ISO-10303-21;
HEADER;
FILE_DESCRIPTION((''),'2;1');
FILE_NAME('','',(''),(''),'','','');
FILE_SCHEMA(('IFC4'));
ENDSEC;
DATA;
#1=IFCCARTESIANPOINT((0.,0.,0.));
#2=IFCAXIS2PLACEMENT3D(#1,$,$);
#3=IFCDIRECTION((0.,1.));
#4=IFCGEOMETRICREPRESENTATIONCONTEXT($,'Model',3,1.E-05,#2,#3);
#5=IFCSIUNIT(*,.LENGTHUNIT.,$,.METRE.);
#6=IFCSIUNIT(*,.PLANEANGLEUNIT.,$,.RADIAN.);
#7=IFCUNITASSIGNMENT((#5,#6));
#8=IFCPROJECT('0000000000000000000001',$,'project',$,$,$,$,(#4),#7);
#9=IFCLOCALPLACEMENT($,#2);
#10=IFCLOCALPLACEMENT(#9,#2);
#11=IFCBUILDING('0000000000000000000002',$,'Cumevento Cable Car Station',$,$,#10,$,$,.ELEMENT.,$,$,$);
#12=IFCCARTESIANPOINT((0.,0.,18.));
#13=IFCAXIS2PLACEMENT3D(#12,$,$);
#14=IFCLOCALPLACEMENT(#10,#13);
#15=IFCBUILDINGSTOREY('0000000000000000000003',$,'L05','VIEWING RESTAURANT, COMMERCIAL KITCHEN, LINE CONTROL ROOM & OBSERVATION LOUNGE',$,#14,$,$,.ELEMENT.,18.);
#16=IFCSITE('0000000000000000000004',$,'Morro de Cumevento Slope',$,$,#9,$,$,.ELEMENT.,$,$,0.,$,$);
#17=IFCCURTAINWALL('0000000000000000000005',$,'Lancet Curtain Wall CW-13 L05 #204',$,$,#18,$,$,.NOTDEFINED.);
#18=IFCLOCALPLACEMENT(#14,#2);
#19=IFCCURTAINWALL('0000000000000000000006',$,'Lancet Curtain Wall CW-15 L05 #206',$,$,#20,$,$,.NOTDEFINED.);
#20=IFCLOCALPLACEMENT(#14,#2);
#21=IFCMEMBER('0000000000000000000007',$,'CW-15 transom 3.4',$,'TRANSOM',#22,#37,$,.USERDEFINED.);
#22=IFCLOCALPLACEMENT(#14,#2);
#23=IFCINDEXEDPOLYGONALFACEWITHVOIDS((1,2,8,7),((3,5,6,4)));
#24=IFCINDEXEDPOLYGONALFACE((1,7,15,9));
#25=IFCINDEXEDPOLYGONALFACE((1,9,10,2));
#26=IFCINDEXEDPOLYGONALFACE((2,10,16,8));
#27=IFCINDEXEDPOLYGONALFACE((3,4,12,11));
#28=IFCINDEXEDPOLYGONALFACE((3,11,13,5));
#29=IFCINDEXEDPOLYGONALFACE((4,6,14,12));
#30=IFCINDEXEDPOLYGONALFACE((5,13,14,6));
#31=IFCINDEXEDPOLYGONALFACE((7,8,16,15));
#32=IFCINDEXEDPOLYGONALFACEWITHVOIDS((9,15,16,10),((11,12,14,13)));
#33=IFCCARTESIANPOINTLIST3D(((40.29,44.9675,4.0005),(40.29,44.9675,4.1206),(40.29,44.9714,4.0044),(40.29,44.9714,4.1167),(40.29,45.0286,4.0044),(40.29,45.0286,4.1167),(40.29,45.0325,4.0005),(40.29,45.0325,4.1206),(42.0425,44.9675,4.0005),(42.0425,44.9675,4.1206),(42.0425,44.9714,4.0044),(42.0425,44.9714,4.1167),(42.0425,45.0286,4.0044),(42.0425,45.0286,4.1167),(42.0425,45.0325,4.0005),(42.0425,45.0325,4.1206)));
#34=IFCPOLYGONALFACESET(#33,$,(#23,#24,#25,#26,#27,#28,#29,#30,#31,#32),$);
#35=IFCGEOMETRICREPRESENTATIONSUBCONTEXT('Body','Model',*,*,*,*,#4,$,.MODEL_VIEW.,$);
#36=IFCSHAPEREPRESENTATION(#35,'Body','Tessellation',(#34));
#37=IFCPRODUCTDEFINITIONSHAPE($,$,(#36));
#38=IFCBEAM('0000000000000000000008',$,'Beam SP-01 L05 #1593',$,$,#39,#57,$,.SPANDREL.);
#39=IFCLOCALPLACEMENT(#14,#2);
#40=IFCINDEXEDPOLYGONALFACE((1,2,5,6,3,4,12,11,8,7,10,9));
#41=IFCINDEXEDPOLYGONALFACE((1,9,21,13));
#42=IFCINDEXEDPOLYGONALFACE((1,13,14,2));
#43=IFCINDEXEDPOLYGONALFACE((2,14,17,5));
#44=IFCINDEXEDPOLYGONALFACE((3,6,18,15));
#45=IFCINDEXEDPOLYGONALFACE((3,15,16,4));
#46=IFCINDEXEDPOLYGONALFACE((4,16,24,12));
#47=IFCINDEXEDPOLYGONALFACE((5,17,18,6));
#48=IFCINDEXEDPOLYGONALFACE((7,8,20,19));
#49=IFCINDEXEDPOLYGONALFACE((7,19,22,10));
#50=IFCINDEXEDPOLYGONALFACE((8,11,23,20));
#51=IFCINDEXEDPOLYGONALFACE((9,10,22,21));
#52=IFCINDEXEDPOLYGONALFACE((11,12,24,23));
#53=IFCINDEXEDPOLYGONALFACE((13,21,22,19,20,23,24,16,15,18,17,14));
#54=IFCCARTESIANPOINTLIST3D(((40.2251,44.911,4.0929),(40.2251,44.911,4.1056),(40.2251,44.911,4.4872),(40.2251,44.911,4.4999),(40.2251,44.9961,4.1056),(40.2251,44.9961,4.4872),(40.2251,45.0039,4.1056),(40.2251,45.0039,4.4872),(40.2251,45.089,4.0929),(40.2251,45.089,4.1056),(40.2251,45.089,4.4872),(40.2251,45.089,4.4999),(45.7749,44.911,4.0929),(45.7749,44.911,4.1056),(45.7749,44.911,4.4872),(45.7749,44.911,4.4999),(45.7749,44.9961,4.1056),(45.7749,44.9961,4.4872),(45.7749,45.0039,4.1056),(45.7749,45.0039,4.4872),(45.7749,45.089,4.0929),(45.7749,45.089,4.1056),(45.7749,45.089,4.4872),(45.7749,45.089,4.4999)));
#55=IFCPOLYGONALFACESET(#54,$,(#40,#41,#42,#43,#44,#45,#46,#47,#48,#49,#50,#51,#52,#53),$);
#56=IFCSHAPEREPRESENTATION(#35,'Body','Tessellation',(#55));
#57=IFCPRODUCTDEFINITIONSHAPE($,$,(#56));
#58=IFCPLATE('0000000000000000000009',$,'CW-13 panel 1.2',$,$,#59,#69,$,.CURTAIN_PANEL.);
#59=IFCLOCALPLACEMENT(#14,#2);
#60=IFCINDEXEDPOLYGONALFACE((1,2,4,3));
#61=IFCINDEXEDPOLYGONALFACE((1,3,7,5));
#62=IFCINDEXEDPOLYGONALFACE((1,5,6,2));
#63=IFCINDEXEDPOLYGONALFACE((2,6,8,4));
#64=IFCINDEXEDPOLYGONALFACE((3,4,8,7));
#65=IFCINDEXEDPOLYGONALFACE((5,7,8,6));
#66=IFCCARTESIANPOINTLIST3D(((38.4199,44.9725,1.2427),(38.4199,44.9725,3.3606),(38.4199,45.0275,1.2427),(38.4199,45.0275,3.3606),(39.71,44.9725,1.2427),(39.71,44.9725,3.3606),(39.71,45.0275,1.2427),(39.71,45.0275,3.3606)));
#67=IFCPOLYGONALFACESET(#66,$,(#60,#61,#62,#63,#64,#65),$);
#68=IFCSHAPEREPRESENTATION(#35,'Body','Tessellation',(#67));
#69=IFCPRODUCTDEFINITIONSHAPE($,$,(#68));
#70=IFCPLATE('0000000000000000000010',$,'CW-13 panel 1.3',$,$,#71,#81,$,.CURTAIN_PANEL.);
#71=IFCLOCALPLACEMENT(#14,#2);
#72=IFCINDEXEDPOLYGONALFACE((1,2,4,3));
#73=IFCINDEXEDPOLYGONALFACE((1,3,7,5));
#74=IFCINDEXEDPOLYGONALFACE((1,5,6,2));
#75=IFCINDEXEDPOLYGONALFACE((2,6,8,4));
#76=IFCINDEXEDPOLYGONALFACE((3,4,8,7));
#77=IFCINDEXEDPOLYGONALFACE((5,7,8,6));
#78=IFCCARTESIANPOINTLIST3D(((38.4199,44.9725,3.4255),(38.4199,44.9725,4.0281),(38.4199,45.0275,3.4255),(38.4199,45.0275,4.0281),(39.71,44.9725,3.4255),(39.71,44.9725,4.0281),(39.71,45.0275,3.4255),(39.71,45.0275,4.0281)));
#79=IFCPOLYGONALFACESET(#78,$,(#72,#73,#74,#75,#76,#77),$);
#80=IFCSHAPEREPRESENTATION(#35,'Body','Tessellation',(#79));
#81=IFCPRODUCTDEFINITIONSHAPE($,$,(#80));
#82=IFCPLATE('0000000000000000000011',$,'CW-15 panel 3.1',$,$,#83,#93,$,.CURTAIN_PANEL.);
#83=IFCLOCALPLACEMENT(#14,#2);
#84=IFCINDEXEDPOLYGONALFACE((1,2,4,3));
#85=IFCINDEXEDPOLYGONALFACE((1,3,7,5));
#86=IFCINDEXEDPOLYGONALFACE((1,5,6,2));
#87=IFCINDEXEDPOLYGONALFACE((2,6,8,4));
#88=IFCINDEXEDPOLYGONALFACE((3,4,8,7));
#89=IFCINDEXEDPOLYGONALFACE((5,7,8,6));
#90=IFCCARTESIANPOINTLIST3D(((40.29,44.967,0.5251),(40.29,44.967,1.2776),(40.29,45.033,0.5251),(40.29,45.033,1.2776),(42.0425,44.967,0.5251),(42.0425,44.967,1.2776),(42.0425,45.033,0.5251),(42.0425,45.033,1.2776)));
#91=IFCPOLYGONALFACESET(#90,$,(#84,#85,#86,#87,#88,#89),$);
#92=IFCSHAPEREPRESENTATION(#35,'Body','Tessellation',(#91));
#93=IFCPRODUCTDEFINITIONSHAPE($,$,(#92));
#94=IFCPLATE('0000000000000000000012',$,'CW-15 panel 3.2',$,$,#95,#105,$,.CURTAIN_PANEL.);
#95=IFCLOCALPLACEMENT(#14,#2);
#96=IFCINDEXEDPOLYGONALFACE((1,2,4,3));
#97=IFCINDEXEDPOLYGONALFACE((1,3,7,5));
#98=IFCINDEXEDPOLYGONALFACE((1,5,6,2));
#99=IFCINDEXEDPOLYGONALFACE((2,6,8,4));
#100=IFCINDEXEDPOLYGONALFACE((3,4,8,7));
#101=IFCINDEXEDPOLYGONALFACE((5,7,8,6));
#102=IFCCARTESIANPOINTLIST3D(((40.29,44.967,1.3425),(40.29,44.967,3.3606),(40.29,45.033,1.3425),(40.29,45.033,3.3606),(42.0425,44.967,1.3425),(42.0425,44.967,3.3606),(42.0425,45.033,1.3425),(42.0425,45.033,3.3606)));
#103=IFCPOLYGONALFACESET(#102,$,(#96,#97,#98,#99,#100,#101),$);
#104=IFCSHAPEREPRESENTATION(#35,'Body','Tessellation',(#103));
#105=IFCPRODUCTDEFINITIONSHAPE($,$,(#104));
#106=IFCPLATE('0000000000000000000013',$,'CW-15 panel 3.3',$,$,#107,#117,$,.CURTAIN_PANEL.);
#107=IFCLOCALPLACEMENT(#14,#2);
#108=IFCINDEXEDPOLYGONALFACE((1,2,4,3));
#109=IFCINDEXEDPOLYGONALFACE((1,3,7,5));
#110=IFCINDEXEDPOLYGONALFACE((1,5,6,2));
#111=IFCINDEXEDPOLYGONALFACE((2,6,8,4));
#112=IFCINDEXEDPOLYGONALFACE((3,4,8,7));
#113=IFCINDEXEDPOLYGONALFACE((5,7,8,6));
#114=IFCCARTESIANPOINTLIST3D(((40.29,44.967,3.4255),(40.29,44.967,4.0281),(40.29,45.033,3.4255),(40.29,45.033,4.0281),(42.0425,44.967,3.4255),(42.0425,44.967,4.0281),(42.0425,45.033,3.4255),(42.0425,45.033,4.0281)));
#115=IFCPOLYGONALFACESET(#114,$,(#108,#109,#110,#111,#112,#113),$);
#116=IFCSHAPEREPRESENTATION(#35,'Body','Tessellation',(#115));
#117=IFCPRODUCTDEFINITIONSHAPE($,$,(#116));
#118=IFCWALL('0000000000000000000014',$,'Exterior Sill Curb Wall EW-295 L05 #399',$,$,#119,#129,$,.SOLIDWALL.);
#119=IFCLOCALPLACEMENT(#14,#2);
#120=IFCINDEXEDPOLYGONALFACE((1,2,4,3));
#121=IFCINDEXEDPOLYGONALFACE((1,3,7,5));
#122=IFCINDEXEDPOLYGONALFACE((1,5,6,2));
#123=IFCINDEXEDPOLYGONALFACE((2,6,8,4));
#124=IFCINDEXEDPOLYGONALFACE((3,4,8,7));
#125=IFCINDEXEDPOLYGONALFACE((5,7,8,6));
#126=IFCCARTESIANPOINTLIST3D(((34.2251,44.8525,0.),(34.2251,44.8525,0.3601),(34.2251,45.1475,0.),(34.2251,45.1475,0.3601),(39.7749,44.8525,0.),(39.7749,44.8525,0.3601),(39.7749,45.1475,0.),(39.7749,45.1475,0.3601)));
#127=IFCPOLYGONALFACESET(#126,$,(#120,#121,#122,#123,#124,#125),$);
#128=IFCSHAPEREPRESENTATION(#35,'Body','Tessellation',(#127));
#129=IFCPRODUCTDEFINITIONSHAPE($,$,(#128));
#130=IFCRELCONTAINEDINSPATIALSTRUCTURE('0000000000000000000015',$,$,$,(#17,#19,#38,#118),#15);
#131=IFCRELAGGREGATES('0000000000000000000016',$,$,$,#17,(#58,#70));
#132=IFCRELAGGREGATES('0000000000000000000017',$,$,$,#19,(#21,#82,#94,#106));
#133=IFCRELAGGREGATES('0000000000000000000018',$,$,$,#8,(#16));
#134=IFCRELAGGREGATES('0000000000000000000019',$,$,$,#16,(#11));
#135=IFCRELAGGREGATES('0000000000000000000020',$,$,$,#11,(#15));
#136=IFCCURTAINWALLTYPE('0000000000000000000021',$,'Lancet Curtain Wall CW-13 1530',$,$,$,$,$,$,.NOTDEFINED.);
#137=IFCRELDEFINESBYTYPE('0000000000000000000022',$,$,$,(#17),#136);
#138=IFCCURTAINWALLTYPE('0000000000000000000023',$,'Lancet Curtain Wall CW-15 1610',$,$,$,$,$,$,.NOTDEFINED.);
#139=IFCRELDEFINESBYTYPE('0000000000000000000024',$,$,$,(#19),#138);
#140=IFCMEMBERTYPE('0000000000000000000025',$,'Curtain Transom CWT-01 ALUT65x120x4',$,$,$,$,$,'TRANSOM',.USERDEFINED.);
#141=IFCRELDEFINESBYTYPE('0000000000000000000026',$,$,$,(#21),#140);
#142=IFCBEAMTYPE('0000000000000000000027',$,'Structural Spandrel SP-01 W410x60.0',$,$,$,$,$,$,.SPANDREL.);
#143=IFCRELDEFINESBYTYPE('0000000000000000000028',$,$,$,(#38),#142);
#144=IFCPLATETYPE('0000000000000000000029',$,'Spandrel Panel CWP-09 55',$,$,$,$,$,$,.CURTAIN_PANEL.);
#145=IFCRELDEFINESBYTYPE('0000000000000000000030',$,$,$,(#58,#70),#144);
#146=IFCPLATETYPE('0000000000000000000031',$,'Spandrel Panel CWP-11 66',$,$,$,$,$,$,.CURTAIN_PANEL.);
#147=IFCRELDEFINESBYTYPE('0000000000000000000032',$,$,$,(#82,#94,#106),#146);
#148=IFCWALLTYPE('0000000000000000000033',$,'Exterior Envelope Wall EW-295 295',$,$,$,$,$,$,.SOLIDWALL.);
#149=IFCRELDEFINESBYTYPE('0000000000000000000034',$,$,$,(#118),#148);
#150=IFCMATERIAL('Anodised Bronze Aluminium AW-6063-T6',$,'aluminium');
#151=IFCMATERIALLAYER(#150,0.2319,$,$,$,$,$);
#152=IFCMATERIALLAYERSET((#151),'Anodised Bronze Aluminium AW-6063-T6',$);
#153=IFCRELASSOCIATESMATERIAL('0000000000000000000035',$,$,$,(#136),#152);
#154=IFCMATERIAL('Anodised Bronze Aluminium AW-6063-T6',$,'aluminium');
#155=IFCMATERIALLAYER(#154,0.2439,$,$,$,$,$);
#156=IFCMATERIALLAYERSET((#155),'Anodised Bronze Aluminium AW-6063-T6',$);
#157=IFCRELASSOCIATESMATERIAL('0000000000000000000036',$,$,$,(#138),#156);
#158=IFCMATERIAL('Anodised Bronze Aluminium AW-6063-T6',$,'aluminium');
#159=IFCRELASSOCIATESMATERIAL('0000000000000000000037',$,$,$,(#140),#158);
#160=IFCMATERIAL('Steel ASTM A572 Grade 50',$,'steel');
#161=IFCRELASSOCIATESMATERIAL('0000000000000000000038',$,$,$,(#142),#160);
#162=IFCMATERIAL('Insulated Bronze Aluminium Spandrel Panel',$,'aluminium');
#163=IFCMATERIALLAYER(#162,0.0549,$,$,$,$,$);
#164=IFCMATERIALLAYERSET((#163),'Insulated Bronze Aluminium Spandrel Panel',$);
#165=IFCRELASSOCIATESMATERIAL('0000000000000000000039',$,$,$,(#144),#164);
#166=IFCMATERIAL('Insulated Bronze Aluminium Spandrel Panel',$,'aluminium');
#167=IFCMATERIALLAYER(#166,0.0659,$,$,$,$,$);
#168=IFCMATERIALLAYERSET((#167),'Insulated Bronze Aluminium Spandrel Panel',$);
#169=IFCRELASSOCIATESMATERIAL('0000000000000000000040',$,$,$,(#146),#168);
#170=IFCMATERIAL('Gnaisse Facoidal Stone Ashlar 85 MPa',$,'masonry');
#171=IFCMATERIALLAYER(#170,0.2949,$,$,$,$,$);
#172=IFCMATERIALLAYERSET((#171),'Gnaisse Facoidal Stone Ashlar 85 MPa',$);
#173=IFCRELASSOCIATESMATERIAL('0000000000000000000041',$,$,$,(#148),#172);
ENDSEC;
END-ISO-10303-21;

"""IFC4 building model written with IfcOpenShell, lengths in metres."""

from ifc_helpers import new_model, si_unit, direction, frame, frame_2d, origin, origin_2d, place, context, subcontext, project, spatial, rectangle, hollow_rectangle, i_section, extrude, material, layer, layer_set, material_profile, profile_set, type_object, element, aggregate, save


model = new_model("IFC4")

# Units and contexts
model_context = context("Model", 3, precision=1e-05, world=origin(), true_north=direction((0.0, 1.0)))
body_context = subcontext(model_context, "Body", "Model", "MODEL_VIEW")
ifc_project = project(units=[si_unit("LENGTHUNIT", "METRE"), si_unit("PLANEANGLEUNIT", "RADIAN")], contexts=[model_context])

# Site, building, storey
site_placement = place(None, origin())
site = spatial("IfcSite", under=ifc_project, at=site_placement, Name="Morro de Cumevento Slope", CompositionType="ELEMENT", RefElevation=0.0)
building_placement = place(site_placement, origin())
building = spatial("IfcBuilding", under=site, at=building_placement, Name="Cumevento Cable Car Station", CompositionType="ELEMENT")
storey_placement = place(building_placement, frame((0.0, 0.0, 18.0)))
storey = spatial("IfcBuildingStorey", under=building, at=storey_placement, Name="L05", Description="VIEWING RESTAURANT, COMMERCIAL KITCHEN, LINE CONTROL ROOM & OBSERVATION LOUNGE", CompositionType="ELEMENT", Elevation=18.0)

# Curtain wall
ifc_material_1 = material(Name="Anodised Bronze Aluminium AW-6063-T6", Category="aluminium")
ifc_layer_1 = layer(ifc_material_1, 0.2319)
ifc_layer_set_1 = layer_set([ifc_layer_1], Name="Anodised Bronze Aluminium AW-6063-T6")
curtain_wall_type_1 = type_object("IfcCurtainWallType", Name="Lancet Curtain Wall CW-13 1530", PredefinedType="NOTDEFINED", material=ifc_layer_set_1)
curtain_wall_1_placement = place(storey_placement, origin())
curtain_wall_1 = element("IfcCurtainWall", 1, at=curtain_wall_1_placement, inside=storey, type_object=curtain_wall_type_1, Name="Lancet Curtain Wall CW-13 L05 #204", PredefinedType="NOTDEFINED")

# Curtain wall
ifc_material_2 = material(Name="Anodised Bronze Aluminium AW-6063-T6", Category="aluminium")
ifc_layer_2 = layer(ifc_material_2, 0.2439)
ifc_layer_set_2 = layer_set([ifc_layer_2], Name="Anodised Bronze Aluminium AW-6063-T6")
curtain_wall_type_2 = type_object("IfcCurtainWallType", Name="Lancet Curtain Wall CW-15 1610", PredefinedType="NOTDEFINED", material=ifc_layer_set_2)
curtain_wall_2_placement = place(storey_placement, origin())
curtain_wall_2 = element("IfcCurtainWall", 2, at=curtain_wall_2_placement, inside=storey, type_object=curtain_wall_type_2, Name="Lancet Curtain Wall CW-15 L05 #206", PredefinedType="NOTDEFINED")

# Member
ifc_material_3 = material(Name="Anodised Bronze Aluminium AW-6063-T6", Category="aluminium")
ifc_material_profile_1 = material_profile(ifc_material_3, hollow_rectangle(XDim=0.0649, YDim=0.1201, WallThickness=0.0039, at=origin_2d()), Name="ALUT65x120x4")
ifc_profile_set_1 = profile_set([ifc_material_profile_1], Name="Anodised Bronze Aluminium AW-6063-T6")
member_type_1 = type_object("IfcMemberType", Name="Curtain Transom CWT-01 ALUT65x120x4", ElementType="TRANSOM", PredefinedType="USERDEFINED", material=ifc_profile_set_1)
member_1_placement = place(storey_placement, frame((42.0425, 45.0, 4.0605), z_axis=(-1.0, 0.0, 0.0), x_axis=(0.0, -1.0, 0.0)))
member_1 = element("IfcMember", 3, at=member_1_placement, type_object=member_type_1, Name="CW-15 transom 3.4", ObjectType="TRANSOM", PredefinedType="USERDEFINED", context=body_context, shape_type="SweptSolid", body=[
    extrude(hollow_rectangle(XDim=0.0649, YDim=0.1201, WallThickness=0.0039, at=origin_2d()), origin(), (0.0, 0.0, 1.0), 1.7524),
])

# Beam
ifc_material_4 = material(Name="Steel ASTM A572 Grade 50", Category="steel")
ifc_material_profile_2 = material_profile(ifc_material_4, i_section(OverallWidth=0.178, OverallDepth=0.407, WebThickness=0.0078, FlangeThickness=0.0127, at=origin_2d()), Name="W410x60.0")
ifc_profile_set_2 = profile_set([ifc_material_profile_2], Name="Steel ASTM A572 Grade 50")
beam_type = type_object("IfcBeamType", Name="Structural Spandrel SP-01 W410x60.0", PredefinedType="SPANDREL", material=ifc_profile_set_2)
beam_placement = place(storey_placement, frame((40.2251, 45.0, 4.2964), z_axis=(1.0, 0.0, 0.0), x_axis=(0.0, 1.0, 0.0)))
element("IfcBeam", 4, at=beam_placement, inside=storey, type_object=beam_type, Name="Beam SP-01 L05 #1593", PredefinedType="SPANDREL", context=body_context, shape_type="SweptSolid", body=[
    extrude(i_section(OverallWidth=0.178, OverallDepth=0.407, WebThickness=0.0078, FlangeThickness=0.0127, at=origin_2d()), origin(), (0.0, 0.0, 1.0), 5.5498),
])

# Plates
ifc_material_5 = material(Name="Insulated Bronze Aluminium Spandrel Panel", Category="aluminium")
ifc_layer_3 = layer(ifc_material_5, 0.0549)
ifc_layer_set_3 = layer_set([ifc_layer_3], Name="Insulated Bronze Aluminium Spandrel Panel")
plate_type_1 = type_object("IfcPlateType", Name="Spandrel Panel CWP-09 55", PredefinedType="CURTAIN_PANEL", material=ifc_layer_set_3)
plate_1_placement = place(storey_placement, frame((39.0649, 45.0, 1.2427), z_axis=(0.0, 0.0, 1.0), x_axis=(-1.0, 0.0, 0.0)))
plate_1 = element("IfcPlate", 5, at=plate_1_placement, type_object=plate_type_1, Name="CW-13 panel 1.2", PredefinedType="CURTAIN_PANEL", context=body_context, shape_type="SweptSolid", body=[
    extrude(rectangle(XDim=1.29, YDim=0.0549, at=origin_2d()), origin(), (0.0, 0.0, 1.0), 2.1179),
])
plate_2_placement = place(storey_placement, frame((39.0649, 45.0, 3.4255), z_axis=(0.0, 0.0, 1.0), x_axis=(-1.0, 0.0, 0.0)))
plate_2 = element("IfcPlate", 6, at=plate_2_placement, type_object=plate_type_1, Name="CW-13 panel 1.3", PredefinedType="CURTAIN_PANEL", context=body_context, shape_type="SweptSolid", body=[
    extrude(rectangle(XDim=1.29, YDim=0.0549, at=origin_2d()), origin(), (0.0, 0.0, 1.0), 0.6025),
])
aggregate(curtain_wall_1, [plate_1, plate_2])
ifc_material_6 = material(Name="Insulated Bronze Aluminium Spandrel Panel", Category="aluminium")
ifc_layer_4 = layer(ifc_material_6, 0.0659)
ifc_layer_set_4 = layer_set([ifc_layer_4], Name="Insulated Bronze Aluminium Spandrel Panel")
plate_type_2 = type_object("IfcPlateType", Name="Spandrel Panel CWP-11 66", PredefinedType="CURTAIN_PANEL", material=ifc_layer_set_4)
plate_3_placement = place(storey_placement, frame((41.1663, 45.0, 0.5251), z_axis=(0.0, 0.0, 1.0), x_axis=(-1.0, 0.0, 0.0)))
plate_3 = element("IfcPlate", 7, at=plate_3_placement, type_object=plate_type_2, Name="CW-15 panel 3.1", PredefinedType="CURTAIN_PANEL", context=body_context, shape_type="SweptSolid", body=[
    extrude(rectangle(XDim=1.7524, YDim=0.0659, at=origin_2d()), origin(), (0.0, 0.0, 1.0), 0.7524),
])
plate_4_placement = place(storey_placement, frame((41.1663, 45.0, 1.3425), z_axis=(0.0, 0.0, 1.0), x_axis=(-1.0, 0.0, 0.0)))
plate_4 = element("IfcPlate", 8, at=plate_4_placement, type_object=plate_type_2, Name="CW-15 panel 3.2", PredefinedType="CURTAIN_PANEL", context=body_context, shape_type="SweptSolid", body=[
    extrude(rectangle(XDim=1.7524, YDim=0.0659, at=origin_2d()), origin(), (0.0, 0.0, 1.0), 2.0181),
])
plate_5_placement = place(storey_placement, frame((41.1663, 45.0, 3.4255), z_axis=(0.0, 0.0, 1.0), x_axis=(-1.0, 0.0, 0.0)))
plate_5 = element("IfcPlate", 9, at=plate_5_placement, type_object=plate_type_2, Name="CW-15 panel 3.3", PredefinedType="CURTAIN_PANEL", context=body_context, shape_type="SweptSolid", body=[
    extrude(rectangle(XDim=1.7524, YDim=0.0659, at=origin_2d()), origin(), (0.0, 0.0, 1.0), 0.6025),
])
aggregate(curtain_wall_2, [member_1, plate_3, plate_4, plate_5])

# Wall
ifc_material_7 = material(Name="Gnaisse Facoidal Stone Ashlar 85 MPa", Category="masonry")
ifc_layer_5 = layer(ifc_material_7, 0.2949)
ifc_layer_set_5 = layer_set([ifc_layer_5], Name="Gnaisse Facoidal Stone Ashlar 85 MPa")
wall_type = type_object("IfcWallType", Name="Exterior Envelope Wall EW-295 295", PredefinedType="SOLIDWALL", material=ifc_layer_set_5)
wall_placement = place(storey_placement, frame((39.7749, 45.0, 0.0), z_axis=(0.0, 0.0, 1.0), x_axis=(-1.0, 0.0, 0.0)))
element("IfcWall", 10, at=wall_placement, inside=storey, type_object=wall_type, Name="Exterior Sill Curb Wall EW-295 L05 #399", PredefinedType="SOLIDWALL", context=body_context, shape_type="SweptSolid", body=[
    extrude(rectangle(XDim=5.5498, YDim=0.2949, at=frame_2d((2.7749, 0.0))), origin(), (0.0, 0.0, 1.0), 0.3601),
])

save(model, "model.ifc")
